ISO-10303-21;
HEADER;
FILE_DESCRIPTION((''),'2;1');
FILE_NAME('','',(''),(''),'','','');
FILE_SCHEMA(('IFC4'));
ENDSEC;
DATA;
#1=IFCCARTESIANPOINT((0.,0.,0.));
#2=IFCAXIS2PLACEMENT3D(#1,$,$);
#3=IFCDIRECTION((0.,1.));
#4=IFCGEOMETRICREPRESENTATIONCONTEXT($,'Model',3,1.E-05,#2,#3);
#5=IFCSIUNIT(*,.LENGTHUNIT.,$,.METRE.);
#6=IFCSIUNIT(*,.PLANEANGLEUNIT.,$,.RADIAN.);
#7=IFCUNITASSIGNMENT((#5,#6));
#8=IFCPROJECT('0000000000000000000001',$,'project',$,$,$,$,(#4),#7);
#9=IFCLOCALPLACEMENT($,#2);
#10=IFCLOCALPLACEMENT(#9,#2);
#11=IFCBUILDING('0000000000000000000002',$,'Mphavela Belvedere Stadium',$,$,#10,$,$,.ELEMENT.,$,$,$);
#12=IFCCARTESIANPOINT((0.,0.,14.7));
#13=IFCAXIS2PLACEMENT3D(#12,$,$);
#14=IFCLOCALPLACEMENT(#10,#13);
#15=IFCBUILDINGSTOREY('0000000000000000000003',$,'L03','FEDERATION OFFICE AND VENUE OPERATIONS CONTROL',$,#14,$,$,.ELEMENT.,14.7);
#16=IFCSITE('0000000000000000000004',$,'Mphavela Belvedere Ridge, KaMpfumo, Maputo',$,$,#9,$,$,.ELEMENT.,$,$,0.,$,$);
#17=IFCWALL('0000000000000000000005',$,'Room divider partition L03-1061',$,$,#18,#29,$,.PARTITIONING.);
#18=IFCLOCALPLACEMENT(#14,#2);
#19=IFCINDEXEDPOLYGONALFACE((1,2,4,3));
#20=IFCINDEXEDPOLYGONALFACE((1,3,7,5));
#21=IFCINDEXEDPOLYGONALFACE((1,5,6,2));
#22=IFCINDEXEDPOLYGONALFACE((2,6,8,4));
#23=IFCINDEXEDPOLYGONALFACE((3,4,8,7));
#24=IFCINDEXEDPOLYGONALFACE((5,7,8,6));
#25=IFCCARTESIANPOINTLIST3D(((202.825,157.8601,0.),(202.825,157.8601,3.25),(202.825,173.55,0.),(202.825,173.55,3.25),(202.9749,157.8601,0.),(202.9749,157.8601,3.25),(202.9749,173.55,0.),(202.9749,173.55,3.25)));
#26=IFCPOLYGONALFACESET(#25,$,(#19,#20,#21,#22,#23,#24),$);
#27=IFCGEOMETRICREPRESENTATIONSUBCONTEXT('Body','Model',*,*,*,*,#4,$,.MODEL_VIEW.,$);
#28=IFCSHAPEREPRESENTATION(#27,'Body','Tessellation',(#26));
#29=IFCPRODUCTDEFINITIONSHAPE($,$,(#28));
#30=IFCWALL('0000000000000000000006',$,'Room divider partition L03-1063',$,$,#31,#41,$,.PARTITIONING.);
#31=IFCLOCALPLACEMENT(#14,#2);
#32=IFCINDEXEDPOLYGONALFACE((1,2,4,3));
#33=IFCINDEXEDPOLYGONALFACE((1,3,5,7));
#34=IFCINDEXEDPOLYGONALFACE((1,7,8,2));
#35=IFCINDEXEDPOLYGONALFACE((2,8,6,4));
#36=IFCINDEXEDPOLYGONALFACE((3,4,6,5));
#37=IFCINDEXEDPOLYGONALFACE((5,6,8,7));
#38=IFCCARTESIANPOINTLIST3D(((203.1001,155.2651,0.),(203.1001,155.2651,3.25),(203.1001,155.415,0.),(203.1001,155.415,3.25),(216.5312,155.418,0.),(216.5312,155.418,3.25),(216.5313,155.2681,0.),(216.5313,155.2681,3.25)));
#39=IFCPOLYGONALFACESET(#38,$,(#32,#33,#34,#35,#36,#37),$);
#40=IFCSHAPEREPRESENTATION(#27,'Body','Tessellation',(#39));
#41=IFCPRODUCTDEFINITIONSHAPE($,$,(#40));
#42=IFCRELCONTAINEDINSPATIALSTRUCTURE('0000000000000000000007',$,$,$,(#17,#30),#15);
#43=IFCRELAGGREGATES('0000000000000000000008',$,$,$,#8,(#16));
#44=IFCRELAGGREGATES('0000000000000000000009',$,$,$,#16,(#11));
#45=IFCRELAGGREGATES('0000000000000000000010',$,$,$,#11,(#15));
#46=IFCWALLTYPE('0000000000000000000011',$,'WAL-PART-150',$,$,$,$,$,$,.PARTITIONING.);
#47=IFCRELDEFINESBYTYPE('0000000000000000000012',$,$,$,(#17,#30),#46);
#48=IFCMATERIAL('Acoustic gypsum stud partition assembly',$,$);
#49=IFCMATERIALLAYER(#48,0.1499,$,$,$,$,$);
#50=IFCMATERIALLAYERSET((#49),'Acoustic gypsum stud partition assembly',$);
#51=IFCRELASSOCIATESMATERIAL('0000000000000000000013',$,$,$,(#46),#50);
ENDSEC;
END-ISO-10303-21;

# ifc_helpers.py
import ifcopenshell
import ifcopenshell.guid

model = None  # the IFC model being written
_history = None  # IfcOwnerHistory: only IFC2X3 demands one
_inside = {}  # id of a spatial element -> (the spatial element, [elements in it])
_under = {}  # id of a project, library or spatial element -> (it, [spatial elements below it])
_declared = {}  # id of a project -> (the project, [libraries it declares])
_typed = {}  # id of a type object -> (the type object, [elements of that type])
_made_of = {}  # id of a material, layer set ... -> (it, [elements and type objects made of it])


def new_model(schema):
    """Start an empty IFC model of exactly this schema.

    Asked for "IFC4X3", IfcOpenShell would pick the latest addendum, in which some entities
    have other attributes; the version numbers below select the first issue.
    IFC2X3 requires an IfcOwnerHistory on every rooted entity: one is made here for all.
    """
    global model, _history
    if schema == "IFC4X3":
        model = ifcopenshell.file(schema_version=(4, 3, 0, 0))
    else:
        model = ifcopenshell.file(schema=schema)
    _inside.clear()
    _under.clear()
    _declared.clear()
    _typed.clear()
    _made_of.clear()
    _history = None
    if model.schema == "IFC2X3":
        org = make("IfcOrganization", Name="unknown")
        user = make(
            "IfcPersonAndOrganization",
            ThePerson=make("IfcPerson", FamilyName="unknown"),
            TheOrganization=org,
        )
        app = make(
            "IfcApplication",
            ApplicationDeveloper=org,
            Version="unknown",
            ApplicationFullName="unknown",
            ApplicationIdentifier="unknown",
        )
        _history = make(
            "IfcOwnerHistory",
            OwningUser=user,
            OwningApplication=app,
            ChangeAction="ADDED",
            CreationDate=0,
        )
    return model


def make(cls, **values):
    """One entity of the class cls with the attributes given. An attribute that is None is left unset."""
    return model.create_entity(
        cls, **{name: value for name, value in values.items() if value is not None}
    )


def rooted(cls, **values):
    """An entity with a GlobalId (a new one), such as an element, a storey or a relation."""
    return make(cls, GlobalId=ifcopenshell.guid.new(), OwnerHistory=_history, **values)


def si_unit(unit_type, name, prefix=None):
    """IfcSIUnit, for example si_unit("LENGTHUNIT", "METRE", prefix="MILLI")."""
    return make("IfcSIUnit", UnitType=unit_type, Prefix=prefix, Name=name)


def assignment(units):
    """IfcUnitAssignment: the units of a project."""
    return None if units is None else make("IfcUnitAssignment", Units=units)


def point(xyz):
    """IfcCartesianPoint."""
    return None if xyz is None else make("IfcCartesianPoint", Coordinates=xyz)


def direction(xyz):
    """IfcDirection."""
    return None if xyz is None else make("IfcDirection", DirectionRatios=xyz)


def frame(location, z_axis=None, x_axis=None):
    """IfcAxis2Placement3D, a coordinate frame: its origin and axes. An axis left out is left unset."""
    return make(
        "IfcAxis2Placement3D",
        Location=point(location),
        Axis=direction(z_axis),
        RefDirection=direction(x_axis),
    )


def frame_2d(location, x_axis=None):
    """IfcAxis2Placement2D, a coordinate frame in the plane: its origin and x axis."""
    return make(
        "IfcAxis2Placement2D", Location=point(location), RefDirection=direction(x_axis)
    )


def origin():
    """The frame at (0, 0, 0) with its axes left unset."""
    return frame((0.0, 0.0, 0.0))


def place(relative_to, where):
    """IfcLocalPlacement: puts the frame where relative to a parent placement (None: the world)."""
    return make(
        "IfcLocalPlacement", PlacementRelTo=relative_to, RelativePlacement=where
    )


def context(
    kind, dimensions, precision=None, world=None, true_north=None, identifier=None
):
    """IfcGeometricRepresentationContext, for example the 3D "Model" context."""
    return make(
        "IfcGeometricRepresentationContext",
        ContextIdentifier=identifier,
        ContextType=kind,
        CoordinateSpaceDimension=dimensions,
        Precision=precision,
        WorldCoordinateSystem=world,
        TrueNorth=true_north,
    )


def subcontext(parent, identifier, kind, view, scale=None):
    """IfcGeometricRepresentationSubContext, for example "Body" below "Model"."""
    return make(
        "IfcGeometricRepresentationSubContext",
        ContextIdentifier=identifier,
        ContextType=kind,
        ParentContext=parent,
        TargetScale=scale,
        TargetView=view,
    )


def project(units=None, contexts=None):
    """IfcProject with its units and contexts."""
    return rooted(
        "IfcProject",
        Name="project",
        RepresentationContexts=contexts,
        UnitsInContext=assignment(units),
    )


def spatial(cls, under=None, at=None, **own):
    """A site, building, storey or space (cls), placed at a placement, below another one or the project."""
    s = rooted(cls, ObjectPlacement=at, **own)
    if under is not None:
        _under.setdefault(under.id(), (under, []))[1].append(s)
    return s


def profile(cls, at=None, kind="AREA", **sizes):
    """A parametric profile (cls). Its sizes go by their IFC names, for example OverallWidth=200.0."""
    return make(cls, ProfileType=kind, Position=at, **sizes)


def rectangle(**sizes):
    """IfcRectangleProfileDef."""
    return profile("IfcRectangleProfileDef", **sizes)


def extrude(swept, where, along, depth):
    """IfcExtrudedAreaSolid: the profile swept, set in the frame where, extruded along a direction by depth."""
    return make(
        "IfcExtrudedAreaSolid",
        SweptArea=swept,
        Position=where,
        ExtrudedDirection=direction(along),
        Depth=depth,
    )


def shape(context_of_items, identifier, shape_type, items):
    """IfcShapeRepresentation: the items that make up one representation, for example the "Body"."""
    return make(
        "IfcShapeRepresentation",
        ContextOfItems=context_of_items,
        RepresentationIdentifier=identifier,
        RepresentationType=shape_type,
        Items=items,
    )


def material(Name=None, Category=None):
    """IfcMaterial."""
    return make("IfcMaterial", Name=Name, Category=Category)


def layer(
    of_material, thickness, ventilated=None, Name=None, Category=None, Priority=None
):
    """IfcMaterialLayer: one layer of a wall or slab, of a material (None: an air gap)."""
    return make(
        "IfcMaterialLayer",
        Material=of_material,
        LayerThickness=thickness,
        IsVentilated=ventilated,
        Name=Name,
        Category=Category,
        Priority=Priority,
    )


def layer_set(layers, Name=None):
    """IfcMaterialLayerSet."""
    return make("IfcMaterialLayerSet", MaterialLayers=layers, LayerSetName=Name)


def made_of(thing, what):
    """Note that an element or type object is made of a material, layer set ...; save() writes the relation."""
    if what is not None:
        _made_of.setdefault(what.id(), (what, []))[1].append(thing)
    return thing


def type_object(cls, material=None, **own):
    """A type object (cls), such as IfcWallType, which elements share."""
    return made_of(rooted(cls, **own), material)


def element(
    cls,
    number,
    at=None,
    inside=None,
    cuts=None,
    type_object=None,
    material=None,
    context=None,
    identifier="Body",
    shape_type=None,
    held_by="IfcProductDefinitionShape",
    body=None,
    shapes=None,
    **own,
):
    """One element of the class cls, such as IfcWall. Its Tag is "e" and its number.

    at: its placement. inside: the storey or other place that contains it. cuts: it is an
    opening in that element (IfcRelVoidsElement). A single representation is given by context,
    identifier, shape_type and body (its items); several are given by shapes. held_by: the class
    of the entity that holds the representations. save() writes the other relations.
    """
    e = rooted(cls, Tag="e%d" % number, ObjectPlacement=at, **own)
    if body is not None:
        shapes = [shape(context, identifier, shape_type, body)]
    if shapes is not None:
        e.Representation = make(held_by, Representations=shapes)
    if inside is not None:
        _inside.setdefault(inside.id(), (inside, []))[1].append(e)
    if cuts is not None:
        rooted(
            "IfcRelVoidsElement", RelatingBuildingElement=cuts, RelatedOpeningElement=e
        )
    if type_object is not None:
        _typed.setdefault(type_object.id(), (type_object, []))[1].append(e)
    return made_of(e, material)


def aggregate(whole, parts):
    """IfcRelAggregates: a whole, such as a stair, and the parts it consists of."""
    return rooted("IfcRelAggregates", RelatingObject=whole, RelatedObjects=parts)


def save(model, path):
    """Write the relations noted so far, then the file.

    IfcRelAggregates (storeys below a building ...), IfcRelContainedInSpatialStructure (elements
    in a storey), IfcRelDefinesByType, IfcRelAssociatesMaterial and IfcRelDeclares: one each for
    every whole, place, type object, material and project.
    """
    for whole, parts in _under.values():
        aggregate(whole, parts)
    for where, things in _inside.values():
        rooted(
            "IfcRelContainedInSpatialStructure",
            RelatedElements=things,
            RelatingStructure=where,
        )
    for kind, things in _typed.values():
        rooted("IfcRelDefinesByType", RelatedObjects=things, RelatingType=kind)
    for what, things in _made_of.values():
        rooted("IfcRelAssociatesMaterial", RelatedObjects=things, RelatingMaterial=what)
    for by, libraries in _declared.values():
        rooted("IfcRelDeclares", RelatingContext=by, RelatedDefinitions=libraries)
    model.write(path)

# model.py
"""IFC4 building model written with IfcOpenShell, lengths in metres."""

from ifc_helpers import new_model, si_unit, direction, frame, frame_2d, origin, place, context, subcontext, project, spatial, rectangle, extrude, material, layer, layer_set, type_object, element, save


model = new_model("IFC4")

# Units and contexts
model_context = context("Model", 3, precision=1e-05, world=origin(), true_north=direction((0.0, 1.0)))
body_context = subcontext(model_context, "Body", "Model", "MODEL_VIEW")
ifc_project = project(units=[si_unit("LENGTHUNIT", "METRE"), si_unit("PLANEANGLEUNIT", "RADIAN")], contexts=[model_context])

# Site, building, storey
site_placement = place(None, origin())
site = spatial("IfcSite", under=ifc_project, at=site_placement, Name="Mphavela Belvedere Ridge, KaMpfumo, Maputo", CompositionType="ELEMENT", RefElevation=0.0)
building_placement = place(site_placement, origin())
building = spatial("IfcBuilding", under=site, at=building_placement, Name="Mphavela Belvedere Stadium", CompositionType="ELEMENT")
storey_placement = place(building_placement, frame((0.0, 0.0, 14.7)))
storey = spatial("IfcBuildingStorey", under=building, at=storey_placement, Name="L03", Description="FEDERATION OFFICE AND VENUE OPERATIONS CONTROL", CompositionType="ELEMENT", Elevation=14.7)

# Shared definitions
ifc_material_1 = material(Name="Acoustic gypsum stud partition assembly")
ifc_layer_1 = layer(ifc_material_1, 0.1499)
ifc_layer_set_1 = layer_set([ifc_layer_1], Name="Acoustic gypsum stud partition assembly")
wall_type_1 = type_object("IfcWallType", Name="WAL-PART-150", PredefinedType="PARTITIONING", material=ifc_layer_set_1)

# Walls
wall_1_placement = place(storey_placement, frame((202.8999, 173.55, 0.0), z_axis=(0.0, 0.0, 1.0), x_axis=(0.0, -1.0, 0.0)))
element("IfcWall", 1, at=wall_1_placement, inside=storey, type_object=wall_type_1, Name="Room divider partition L03-1061", PredefinedType="PARTITIONING", context=body_context, shape_type="SweptSolid", body=[
    extrude(rectangle(XDim=15.6899, YDim=0.1499, at=frame_2d((7.845, 0.0))), origin(), (0.0, 0.0, 1.0), 3.25),
])
wall_2_placement = place(storey_placement, frame((203.1001, 155.3401, 0.0), z_axis=(0.0, 0.0, 1.0), x_axis=(1.0, 0.000218, 0.0)))
element("IfcWall", 2, at=wall_2_placement, inside=storey, type_object=wall_type_1, Name="Room divider partition L03-1063", PredefinedType="PARTITIONING", context=body_context, shape_type="SweptSolid", body=[
    extrude(rectangle(XDim=13.4312, YDim=0.1499, at=frame_2d((6.7156, 0.0))), origin(), (0.0, 0.0, 1.0), 3.25),
])

save(model, "model.ifc")
